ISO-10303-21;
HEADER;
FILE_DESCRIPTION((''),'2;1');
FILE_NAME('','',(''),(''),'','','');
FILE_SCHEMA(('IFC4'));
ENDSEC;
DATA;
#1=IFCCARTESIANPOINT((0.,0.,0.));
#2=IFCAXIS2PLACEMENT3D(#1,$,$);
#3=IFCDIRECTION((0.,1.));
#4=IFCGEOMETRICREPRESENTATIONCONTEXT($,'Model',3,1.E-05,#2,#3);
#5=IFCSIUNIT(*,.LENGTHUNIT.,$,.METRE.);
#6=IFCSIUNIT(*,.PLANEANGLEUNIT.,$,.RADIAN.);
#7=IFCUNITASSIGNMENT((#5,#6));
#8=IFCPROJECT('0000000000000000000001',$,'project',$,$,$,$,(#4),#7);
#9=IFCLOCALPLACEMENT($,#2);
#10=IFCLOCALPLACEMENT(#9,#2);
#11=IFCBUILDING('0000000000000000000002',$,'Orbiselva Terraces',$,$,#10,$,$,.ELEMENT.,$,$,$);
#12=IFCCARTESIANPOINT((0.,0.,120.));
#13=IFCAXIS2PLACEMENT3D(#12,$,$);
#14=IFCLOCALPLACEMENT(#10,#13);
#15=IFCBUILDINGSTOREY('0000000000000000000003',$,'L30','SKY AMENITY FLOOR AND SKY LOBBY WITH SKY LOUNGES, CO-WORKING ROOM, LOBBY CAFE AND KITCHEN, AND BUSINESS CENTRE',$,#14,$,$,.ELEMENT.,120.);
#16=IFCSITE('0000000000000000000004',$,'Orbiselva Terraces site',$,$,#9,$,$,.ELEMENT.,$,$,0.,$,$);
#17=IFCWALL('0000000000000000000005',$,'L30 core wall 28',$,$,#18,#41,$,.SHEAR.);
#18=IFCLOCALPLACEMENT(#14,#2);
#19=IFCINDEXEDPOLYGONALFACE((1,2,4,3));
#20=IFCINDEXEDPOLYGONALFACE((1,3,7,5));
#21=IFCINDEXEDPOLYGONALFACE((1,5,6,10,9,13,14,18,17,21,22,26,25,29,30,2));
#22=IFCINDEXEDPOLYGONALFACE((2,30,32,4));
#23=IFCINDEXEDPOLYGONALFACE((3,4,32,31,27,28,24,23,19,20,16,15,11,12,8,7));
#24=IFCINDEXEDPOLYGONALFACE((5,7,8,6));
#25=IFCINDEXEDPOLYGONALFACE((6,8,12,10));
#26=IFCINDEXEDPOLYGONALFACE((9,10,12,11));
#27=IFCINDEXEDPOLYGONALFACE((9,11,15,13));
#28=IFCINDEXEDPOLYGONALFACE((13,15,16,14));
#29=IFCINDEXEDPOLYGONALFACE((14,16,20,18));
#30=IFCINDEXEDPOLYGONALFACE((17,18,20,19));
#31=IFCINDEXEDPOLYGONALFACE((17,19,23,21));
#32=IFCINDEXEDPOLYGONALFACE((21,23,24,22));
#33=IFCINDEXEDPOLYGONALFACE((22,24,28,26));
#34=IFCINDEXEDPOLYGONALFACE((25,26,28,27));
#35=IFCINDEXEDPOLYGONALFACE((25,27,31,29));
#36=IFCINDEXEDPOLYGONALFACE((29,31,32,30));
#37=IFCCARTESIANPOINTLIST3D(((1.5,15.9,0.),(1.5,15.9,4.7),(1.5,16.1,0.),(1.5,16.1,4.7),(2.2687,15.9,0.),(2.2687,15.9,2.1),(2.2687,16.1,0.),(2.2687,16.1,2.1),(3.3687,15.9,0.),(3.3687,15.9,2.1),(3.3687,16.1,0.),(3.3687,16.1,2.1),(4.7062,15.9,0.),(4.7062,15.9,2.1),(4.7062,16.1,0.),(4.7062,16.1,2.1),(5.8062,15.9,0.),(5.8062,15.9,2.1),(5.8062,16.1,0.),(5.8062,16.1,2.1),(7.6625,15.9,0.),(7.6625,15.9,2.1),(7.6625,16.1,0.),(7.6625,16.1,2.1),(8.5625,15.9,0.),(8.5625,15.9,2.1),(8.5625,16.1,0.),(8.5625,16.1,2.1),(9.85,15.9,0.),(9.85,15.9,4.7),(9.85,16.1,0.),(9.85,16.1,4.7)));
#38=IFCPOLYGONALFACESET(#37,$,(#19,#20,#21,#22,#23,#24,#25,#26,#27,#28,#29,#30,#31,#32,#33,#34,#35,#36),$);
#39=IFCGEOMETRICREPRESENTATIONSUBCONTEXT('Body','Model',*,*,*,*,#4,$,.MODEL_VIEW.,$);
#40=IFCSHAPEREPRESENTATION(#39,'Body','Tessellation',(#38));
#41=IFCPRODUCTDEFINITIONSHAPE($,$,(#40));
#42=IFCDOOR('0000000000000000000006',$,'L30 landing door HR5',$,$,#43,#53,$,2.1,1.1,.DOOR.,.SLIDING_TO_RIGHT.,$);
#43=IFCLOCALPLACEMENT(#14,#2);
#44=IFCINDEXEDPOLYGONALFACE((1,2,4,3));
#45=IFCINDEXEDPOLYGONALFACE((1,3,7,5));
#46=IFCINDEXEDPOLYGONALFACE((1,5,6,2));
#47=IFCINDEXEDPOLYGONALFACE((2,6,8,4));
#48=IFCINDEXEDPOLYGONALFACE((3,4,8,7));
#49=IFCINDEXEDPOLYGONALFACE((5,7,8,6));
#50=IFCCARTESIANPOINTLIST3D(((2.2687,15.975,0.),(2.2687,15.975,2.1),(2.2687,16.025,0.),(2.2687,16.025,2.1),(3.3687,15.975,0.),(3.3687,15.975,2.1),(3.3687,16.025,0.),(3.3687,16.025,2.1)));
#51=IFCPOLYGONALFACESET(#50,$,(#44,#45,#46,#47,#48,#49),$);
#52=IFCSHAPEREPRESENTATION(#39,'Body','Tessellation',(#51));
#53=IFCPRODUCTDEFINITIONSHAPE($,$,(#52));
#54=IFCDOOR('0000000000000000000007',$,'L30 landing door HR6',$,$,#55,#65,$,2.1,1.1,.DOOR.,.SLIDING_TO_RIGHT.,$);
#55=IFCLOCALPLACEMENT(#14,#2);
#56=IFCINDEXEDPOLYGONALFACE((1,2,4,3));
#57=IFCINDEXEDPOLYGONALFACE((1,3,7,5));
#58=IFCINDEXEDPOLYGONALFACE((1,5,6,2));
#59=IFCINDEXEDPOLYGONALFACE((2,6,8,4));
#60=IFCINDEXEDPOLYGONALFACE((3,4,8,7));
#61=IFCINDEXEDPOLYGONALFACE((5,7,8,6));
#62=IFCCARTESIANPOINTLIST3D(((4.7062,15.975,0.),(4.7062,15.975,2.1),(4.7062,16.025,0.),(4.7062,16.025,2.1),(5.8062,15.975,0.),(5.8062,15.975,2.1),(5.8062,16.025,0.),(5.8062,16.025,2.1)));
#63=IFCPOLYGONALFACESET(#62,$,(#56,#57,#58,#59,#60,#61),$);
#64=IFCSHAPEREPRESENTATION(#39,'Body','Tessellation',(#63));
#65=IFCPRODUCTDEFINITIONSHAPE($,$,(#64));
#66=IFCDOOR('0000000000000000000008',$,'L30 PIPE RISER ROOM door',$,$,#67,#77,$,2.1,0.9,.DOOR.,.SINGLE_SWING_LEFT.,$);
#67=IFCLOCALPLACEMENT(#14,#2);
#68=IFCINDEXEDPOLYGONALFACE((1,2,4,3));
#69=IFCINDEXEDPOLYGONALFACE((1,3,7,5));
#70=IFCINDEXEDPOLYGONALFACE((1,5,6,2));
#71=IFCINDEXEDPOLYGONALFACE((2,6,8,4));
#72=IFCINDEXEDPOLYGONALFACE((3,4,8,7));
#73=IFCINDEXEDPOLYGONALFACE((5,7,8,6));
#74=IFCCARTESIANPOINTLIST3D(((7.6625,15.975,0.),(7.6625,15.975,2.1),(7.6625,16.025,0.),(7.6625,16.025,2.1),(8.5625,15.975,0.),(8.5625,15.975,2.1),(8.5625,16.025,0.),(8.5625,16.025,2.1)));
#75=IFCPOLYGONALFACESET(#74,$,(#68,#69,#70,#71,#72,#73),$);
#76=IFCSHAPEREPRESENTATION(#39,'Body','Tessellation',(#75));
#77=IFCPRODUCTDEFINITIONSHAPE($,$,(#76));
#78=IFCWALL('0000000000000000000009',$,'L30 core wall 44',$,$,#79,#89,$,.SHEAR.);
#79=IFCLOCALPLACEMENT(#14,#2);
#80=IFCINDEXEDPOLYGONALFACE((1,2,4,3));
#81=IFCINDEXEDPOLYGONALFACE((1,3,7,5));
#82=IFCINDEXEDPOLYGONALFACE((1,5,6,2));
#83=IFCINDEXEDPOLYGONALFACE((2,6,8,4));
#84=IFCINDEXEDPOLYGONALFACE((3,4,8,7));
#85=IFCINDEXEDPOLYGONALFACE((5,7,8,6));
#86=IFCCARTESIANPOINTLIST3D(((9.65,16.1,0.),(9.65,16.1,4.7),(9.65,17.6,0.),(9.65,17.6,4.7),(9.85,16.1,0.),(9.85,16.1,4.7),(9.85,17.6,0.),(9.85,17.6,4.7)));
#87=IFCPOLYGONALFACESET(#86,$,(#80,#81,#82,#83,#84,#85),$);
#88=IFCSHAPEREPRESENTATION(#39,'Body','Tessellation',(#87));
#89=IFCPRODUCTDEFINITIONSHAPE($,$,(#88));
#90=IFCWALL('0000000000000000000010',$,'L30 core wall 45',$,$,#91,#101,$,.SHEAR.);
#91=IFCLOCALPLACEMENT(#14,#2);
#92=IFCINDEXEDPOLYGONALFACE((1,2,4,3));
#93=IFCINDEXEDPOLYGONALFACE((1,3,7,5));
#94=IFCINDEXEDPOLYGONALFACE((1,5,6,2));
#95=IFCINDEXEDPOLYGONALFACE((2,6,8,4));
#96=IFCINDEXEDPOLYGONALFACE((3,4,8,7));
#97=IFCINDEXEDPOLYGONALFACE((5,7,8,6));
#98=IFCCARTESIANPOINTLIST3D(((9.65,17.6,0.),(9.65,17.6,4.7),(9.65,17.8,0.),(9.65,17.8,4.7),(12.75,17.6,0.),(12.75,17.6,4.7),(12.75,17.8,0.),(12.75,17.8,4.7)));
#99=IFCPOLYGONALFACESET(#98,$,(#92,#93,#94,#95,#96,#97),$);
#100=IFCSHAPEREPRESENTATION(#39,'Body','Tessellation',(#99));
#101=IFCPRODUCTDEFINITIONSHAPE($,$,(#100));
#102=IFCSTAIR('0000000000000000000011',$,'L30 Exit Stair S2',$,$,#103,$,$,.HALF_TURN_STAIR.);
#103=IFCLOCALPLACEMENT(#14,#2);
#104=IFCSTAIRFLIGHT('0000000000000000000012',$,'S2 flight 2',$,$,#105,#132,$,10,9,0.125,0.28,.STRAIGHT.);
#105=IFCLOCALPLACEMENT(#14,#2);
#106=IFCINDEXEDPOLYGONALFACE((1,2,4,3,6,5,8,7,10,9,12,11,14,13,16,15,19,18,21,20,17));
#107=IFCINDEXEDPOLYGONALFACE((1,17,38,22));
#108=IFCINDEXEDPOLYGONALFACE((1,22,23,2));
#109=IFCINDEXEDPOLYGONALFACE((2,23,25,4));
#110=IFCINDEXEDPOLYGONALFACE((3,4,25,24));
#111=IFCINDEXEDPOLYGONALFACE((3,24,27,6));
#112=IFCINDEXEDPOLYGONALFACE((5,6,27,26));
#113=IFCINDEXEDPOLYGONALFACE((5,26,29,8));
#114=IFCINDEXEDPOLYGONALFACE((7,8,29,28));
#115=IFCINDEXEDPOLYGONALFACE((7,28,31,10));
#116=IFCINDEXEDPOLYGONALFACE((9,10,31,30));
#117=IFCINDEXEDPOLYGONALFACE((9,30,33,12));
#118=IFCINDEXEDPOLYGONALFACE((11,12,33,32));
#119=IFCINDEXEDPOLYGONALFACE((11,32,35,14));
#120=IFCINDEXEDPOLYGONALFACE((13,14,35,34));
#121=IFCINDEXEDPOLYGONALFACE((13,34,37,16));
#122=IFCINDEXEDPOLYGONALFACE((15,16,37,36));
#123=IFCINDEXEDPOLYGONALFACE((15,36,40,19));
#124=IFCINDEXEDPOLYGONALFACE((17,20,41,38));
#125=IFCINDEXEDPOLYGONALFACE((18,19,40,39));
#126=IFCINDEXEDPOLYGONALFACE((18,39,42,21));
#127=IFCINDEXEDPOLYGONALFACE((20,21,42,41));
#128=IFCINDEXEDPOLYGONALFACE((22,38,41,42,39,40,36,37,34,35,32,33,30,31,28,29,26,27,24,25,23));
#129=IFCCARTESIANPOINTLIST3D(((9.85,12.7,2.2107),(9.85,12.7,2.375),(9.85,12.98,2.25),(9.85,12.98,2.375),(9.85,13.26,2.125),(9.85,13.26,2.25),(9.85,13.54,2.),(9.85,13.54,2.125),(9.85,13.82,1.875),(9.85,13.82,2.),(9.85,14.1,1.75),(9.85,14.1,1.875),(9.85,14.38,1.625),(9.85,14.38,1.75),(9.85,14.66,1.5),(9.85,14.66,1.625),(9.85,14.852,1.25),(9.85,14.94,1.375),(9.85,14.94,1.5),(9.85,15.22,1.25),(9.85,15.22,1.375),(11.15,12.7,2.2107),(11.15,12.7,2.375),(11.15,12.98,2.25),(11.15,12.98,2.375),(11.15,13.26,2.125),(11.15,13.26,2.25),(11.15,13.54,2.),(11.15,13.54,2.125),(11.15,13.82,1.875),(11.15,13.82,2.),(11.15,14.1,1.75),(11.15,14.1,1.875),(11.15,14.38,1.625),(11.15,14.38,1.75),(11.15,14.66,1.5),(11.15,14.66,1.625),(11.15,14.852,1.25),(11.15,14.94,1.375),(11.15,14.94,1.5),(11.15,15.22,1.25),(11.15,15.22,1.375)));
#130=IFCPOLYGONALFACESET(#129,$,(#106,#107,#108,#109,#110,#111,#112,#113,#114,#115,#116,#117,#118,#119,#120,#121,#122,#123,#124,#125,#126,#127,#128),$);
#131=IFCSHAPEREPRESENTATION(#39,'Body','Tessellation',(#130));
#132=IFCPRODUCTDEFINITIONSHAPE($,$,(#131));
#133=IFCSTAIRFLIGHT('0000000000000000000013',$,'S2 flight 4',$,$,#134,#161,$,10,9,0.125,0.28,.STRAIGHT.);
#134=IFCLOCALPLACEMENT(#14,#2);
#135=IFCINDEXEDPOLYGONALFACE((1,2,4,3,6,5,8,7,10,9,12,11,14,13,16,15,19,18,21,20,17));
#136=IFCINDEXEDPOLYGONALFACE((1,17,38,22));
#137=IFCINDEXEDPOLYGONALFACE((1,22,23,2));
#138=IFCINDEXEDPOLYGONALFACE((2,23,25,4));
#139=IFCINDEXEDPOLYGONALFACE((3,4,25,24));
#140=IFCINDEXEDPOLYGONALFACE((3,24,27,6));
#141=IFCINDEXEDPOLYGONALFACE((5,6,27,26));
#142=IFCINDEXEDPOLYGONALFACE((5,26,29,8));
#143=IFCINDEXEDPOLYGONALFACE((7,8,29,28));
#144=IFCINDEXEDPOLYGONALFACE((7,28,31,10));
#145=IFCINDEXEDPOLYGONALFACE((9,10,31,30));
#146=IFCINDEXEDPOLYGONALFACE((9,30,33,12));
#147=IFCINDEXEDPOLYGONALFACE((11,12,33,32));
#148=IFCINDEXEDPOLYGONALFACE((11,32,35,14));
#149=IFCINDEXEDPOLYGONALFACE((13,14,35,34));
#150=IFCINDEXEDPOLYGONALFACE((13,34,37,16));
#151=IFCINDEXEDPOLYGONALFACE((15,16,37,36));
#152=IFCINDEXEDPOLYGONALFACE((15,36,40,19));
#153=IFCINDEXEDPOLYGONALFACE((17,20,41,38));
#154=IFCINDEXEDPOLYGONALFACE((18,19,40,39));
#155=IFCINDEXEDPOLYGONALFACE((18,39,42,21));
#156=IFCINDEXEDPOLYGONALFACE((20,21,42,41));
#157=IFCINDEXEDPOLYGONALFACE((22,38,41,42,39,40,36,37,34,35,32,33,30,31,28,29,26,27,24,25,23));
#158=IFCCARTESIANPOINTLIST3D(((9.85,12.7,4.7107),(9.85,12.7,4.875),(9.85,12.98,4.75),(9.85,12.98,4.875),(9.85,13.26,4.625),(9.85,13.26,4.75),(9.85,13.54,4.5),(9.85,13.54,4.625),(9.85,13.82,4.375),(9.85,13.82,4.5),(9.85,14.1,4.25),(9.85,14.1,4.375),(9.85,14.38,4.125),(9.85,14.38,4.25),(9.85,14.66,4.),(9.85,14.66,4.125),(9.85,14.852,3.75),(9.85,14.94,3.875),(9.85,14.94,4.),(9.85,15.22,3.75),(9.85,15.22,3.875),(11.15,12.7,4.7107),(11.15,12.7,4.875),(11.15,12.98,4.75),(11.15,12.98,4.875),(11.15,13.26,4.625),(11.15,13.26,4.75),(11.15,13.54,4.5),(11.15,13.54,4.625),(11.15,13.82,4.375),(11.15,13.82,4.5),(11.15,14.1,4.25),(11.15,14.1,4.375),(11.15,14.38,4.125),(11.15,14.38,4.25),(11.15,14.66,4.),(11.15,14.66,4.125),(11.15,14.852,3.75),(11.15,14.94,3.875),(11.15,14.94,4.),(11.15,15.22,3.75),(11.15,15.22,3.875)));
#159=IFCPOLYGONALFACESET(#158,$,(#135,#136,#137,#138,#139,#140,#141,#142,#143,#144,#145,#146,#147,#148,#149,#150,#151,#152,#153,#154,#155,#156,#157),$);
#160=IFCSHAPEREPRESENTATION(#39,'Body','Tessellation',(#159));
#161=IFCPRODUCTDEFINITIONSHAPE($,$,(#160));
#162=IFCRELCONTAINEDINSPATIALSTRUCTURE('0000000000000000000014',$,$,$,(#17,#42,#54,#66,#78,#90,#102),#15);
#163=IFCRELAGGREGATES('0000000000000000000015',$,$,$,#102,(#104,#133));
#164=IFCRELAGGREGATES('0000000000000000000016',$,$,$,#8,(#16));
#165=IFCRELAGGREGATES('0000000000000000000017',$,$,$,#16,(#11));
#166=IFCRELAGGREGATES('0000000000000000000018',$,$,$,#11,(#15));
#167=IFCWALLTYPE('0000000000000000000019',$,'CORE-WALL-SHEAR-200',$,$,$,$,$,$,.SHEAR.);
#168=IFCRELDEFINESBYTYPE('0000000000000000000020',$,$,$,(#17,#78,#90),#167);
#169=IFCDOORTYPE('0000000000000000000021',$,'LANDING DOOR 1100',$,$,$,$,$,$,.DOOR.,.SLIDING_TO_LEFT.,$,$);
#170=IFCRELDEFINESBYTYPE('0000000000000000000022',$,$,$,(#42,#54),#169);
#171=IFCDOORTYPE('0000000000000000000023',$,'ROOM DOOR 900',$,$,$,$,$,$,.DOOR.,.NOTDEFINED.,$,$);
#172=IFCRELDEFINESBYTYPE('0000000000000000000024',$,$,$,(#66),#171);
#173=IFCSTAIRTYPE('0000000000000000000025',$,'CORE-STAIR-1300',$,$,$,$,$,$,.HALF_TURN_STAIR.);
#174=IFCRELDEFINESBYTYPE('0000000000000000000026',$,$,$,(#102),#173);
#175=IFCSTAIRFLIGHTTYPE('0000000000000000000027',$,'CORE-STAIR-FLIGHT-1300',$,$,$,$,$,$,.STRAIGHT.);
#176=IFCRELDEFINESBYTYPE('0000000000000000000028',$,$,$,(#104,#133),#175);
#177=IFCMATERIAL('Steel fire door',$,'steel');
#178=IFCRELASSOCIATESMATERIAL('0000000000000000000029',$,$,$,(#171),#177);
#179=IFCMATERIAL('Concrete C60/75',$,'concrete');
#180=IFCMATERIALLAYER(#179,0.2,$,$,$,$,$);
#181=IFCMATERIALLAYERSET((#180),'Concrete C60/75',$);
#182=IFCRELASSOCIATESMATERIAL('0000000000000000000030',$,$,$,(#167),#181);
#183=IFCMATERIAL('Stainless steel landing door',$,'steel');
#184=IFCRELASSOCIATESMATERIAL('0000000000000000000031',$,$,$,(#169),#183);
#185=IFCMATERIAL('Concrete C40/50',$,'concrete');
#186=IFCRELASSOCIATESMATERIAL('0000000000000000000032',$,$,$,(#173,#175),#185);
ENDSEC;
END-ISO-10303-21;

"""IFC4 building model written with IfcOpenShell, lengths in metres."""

from ifc_helpers import new_model, si_unit, direction, frame, frame_2d, origin, place, context, subcontext, project, spatial, polyline, rectangle, outline, extrude, material, layer, layer_set, type_object, element, fill, aggregate, save


model = new_model("IFC4")

# Units and contexts
model_context = context("Model", 3, precision=1e-05, world=origin(), true_north=direction((0.0, 1.0)))
body_context = subcontext(model_context, "Body", "Model", "MODEL_VIEW")
ifc_project = project(units=[si_unit("LENGTHUNIT", "METRE"), si_unit("PLANEANGLEUNIT", "RADIAN")], contexts=[model_context])

# Site, building, storey
site_placement = place(None, origin())
site = spatial("IfcSite", under=ifc_project, at=site_placement, Name="Orbiselva Terraces site", CompositionType="ELEMENT", RefElevation=0.0)
building_placement = place(site_placement, origin())
building = spatial("IfcBuilding", under=site, at=building_placement, Name="Orbiselva Terraces", CompositionType="ELEMENT")
storey_placement = place(building_placement, frame((0.0, 0.0, 120.0)))
storey = spatial("IfcBuildingStorey", under=building, at=storey_placement, Name="L30", Description="SKY AMENITY FLOOR AND SKY LOBBY WITH SKY LOUNGES, CO-WORKING ROOM, LOBBY CAFE AND KITCHEN, AND BUSINESS CENTRE", CompositionType="ELEMENT", Elevation=120.0)

# Shared definitions
ifc_material_1 = material(Name="Steel fire door", Category="steel")
door_type_1 = type_object("IfcDoorType", Name="ROOM DOOR 900", OperationType="NOTDEFINED", PredefinedType="DOOR", material=ifc_material_1)

# Shared definitions
ifc_material_2 = material(Name="Concrete C40/50", Category="concrete")

# Shared definitions
ifc_material_3 = material(Name="Concrete C60/75", Category="concrete")
ifc_layer_1 = layer(ifc_material_3, 0.2)
ifc_layer_set_1 = layer_set([ifc_layer_1], Name="Concrete C60/75")
wall_type_1 = type_object("IfcWallType", Name="CORE-WALL-SHEAR-200", PredefinedType="SHEAR", material=ifc_layer_set_1)

# Wall, openings, doors
wall_1_placement = place(storey_placement, frame((9.85, 16.0, 0.0), z_axis=(0.0, 0.0, 1.0), x_axis=(-1.0, 0.0, 0.0)))
wall_1 = element("IfcWall", 1, at=wall_1_placement, inside=storey, type_object=wall_type_1, Name="L30 core wall 28", PredefinedType="SHEAR", context=body_context, shape_type="SweptSolid", body=[
    extrude(rectangle(XDim=8.35, YDim=0.2, at=frame_2d((4.175, 0.0))), origin(), (0.0, 0.0, 1.0), 4.7),
])
opening_1_placement = place(wall_1_placement, frame((6.4813, 0.0, 0.0)))
opening_1 = element("IfcOpeningElement", 2, at=opening_1_placement, cuts=wall_1, PredefinedType="OPENING", context=body_context, shape_type="SweptSolid", body=[
    extrude(rectangle(XDim=1.1, YDim=2.1, at=frame_2d((0.55, 1.05))), frame((0.0, 0.11, 0.0), z_axis=(0.0, -1.0, 0.0), x_axis=(1.0, 0.0, 0.0)), (0.0, 0.0, 1.0), 0.22),
])
opening_2_placement = place(wall_1_placement, frame((4.0438, 0.0, 0.0)))
opening_2 = element("IfcOpeningElement", 3, at=opening_2_placement, cuts=wall_1, PredefinedType="OPENING", context=body_context, shape_type="SweptSolid", body=[
    extrude(rectangle(XDim=1.1, YDim=2.1, at=frame_2d((0.55, 1.05))), frame((0.0, 0.11, 0.0), z_axis=(0.0, -1.0, 0.0), x_axis=(1.0, 0.0, 0.0)), (0.0, 0.0, 1.0), 0.22),
])
opening_3_placement = place(wall_1_placement, frame((1.2875, 0.0, 0.0)))
opening_3 = element("IfcOpeningElement", 4, at=opening_3_placement, cuts=wall_1, PredefinedType="OPENING", context=body_context, shape_type="SweptSolid", body=[
    extrude(rectangle(XDim=0.9, YDim=2.1, at=frame_2d((0.45, 1.05))), frame((0.0, 0.11, 0.0), z_axis=(0.0, -1.0, 0.0), x_axis=(1.0, 0.0, 0.0)), (0.0, 0.0, 1.0), 0.22),
])
ifc_material_4 = material(Name="Stainless steel landing door", Category="steel")
door_type_2 = type_object("IfcDoorType", Name="LANDING DOOR 1100", OperationType="SLIDING_TO_LEFT", PredefinedType="DOOR", material=ifc_material_4)
door_1_placement = place(opening_1_placement, origin())
door_1 = element("IfcDoor", 5, at=door_1_placement, inside=storey, type_object=door_type_2, Name="L30 landing door HR5", OperationType="SLIDING_TO_RIGHT", OverallHeight=2.1, OverallWidth=1.1, PredefinedType="DOOR", context=body_context, shape_type="SweptSolid", body=[
    extrude(rectangle(XDim=1.1, YDim=2.1, at=frame_2d((0.55, 1.05))), frame((0.0, 0.025, 0.0), z_axis=(0.0, -1.0, 0.0), x_axis=(1.0, 0.0, 0.0)), (0.0, 0.0, 1.0), 0.05),
])
fill(opening_1, door_1)
door_2_placement = place(opening_2_placement, origin())
door_2 = element("IfcDoor", 6, at=door_2_placement, inside=storey, type_object=door_type_2, Name="L30 landing door HR6", OperationType="SLIDING_TO_RIGHT", OverallHeight=2.1, OverallWidth=1.1, PredefinedType="DOOR", context=body_context, shape_type="SweptSolid", body=[
    extrude(rectangle(XDim=1.1, YDim=2.1, at=frame_2d((0.55, 1.05))), frame((0.0, 0.025, 0.0), z_axis=(0.0, -1.0, 0.0), x_axis=(1.0, 0.0, 0.0)), (0.0, 0.0, 1.0), 0.05),
])
fill(opening_2, door_2)
door_3_placement = place(opening_3_placement, origin())
door_3 = element("IfcDoor", 7, at=door_3_placement, inside=storey, type_object=door_type_1, Name="L30 PIPE RISER ROOM door", OperationType="SINGLE_SWING_LEFT", OverallHeight=2.1, OverallWidth=0.9, PredefinedType="DOOR", context=body_context, shape_type="SweptSolid", body=[
    extrude(rectangle(XDim=0.9, YDim=2.1, at=frame_2d((0.45, 1.05))), frame((0.0, 0.025, 0.0), z_axis=(0.0, -1.0, 0.0), x_axis=(1.0, 0.0, 0.0)), (0.0, 0.0, 1.0), 0.05),
])
fill(opening_3, door_3)

# Walls
wall_2_placement = place(storey_placement, frame((9.75, 16.1, 0.0), z_axis=(0.0, 0.0, 1.0), x_axis=(0.0, 1.0, 0.0)))
element("IfcWall", 8, at=wall_2_placement, inside=storey, type_object=wall_type_1, Name="L30 core wall 44", PredefinedType="SHEAR", context=body_context, shape_type="SweptSolid", body=[
    extrude(rectangle(XDim=1.5, YDim=0.2, at=frame_2d((0.75, 0.0))), origin(), (0.0, 0.0, 1.0), 4.7),
])
wall_3_placement = place(storey_placement, frame((9.65, 17.7, 0.0), z_axis=(0.0, 0.0, 1.0), x_axis=(1.0, 0.0, 0.0)))
element("IfcWall", 9, at=wall_3_placement, inside=storey, type_object=wall_type_1, Name="L30 core wall 45", PredefinedType="SHEAR", context=body_context, shape_type="SweptSolid", body=[
    extrude(rectangle(XDim=3.1, YDim=0.2, at=frame_2d((1.55, 0.0))), origin(), (0.0, 0.0, 1.0), 4.7),
])

# Stair, stair flights
stair_type = type_object("IfcStairType", Name="CORE-STAIR-1300", PredefinedType="HALF_TURN_STAIR", material=ifc_material_2)
stair_placement = place(storey_placement, origin())
stair = element("IfcStair", 10, at=stair_placement, inside=storey, type_object=stair_type, Name="L30 Exit Stair S2", PredefinedType="HALF_TURN_STAIR")
stair_flight_type = type_object("IfcStairFlightType", Name="CORE-STAIR-FLIGHT-1300", PredefinedType="STRAIGHT", material=ifc_material_2)
stair_flight_1_placement = place(storey_placement, frame((10.5, 15.22, 1.25), z_axis=(0.0, 0.0, 1.0), x_axis=(0.0, -1.0, 0.0)))
stair_flight_1 = element("IfcStairFlight", 11, at=stair_flight_1_placement, type_object=stair_flight_type, Name="S2 flight 2", NumberOfRisers=10, NumberOfTreads=9, PredefinedType="STRAIGHT", RiserHeight=0.125, TreadLength=0.28, context=body_context, shape_type="SweptSolid", body=[
    extrude(outline(polyline([(0.0, 0.0), (0.0, 0.125), (0.28, 0.125), (0.28, 0.25), (0.56, 0.25), (0.56, 0.375), (0.84, 0.375), (0.84, 0.5), (1.12, 0.5), (1.12, 0.625), (1.4, 0.625), (1.4, 0.75), (1.68, 0.75), (1.68, 0.875), (1.96, 0.875), (1.96, 1.0), (2.24, 1.0), (2.24, 1.125), (2.52, 1.125), (2.52, 1.25), (2.52, 0.9607), (0.368, 0.0), (0.0, 0.0)])), frame((0.0, 0.65, 0.0), z_axis=(0.0, -1.0, 0.0), x_axis=(1.0, 0.0, 0.0)), (0.0, 0.0, 1.0), 1.3),
])
stair_flight_2_placement = place(storey_placement, frame((10.5, 15.22, 3.75), z_axis=(0.0, 0.0, 1.0), x_axis=(0.0, -1.0, 0.0)))
stair_flight_2 = element("IfcStairFlight", 12, at=stair_flight_2_placement, type_object=stair_flight_type, Name="S2 flight 4", NumberOfRisers=10, NumberOfTreads=9, PredefinedType="STRAIGHT", RiserHeight=0.125, TreadLength=0.28, context=body_context, shape_type="SweptSolid", body=[
    extrude(outline(polyline([(0.0, 0.0), (0.0, 0.125), (0.28, 0.125), (0.28, 0.25), (0.56, 0.25), (0.56, 0.375), (0.84, 0.375), (0.84, 0.5), (1.12, 0.5), (1.12, 0.625), (1.4, 0.625), (1.4, 0.75), (1.68, 0.75), (1.68, 0.875), (1.96, 0.875), (1.96, 1.0), (2.24, 1.0), (2.24, 1.125), (2.52, 1.125), (2.52, 1.25), (2.52, 0.9607), (0.368, 0.0), (0.0, 0.0)])), frame((0.0, 0.65, 0.0), z_axis=(0.0, -1.0, 0.0), x_axis=(1.0, 0.0, 0.0)), (0.0, 0.0, 1.0), 1.3),
])
aggregate(stair, [stair_flight_1, stair_flight_2])

save(model, "model.ifc")
